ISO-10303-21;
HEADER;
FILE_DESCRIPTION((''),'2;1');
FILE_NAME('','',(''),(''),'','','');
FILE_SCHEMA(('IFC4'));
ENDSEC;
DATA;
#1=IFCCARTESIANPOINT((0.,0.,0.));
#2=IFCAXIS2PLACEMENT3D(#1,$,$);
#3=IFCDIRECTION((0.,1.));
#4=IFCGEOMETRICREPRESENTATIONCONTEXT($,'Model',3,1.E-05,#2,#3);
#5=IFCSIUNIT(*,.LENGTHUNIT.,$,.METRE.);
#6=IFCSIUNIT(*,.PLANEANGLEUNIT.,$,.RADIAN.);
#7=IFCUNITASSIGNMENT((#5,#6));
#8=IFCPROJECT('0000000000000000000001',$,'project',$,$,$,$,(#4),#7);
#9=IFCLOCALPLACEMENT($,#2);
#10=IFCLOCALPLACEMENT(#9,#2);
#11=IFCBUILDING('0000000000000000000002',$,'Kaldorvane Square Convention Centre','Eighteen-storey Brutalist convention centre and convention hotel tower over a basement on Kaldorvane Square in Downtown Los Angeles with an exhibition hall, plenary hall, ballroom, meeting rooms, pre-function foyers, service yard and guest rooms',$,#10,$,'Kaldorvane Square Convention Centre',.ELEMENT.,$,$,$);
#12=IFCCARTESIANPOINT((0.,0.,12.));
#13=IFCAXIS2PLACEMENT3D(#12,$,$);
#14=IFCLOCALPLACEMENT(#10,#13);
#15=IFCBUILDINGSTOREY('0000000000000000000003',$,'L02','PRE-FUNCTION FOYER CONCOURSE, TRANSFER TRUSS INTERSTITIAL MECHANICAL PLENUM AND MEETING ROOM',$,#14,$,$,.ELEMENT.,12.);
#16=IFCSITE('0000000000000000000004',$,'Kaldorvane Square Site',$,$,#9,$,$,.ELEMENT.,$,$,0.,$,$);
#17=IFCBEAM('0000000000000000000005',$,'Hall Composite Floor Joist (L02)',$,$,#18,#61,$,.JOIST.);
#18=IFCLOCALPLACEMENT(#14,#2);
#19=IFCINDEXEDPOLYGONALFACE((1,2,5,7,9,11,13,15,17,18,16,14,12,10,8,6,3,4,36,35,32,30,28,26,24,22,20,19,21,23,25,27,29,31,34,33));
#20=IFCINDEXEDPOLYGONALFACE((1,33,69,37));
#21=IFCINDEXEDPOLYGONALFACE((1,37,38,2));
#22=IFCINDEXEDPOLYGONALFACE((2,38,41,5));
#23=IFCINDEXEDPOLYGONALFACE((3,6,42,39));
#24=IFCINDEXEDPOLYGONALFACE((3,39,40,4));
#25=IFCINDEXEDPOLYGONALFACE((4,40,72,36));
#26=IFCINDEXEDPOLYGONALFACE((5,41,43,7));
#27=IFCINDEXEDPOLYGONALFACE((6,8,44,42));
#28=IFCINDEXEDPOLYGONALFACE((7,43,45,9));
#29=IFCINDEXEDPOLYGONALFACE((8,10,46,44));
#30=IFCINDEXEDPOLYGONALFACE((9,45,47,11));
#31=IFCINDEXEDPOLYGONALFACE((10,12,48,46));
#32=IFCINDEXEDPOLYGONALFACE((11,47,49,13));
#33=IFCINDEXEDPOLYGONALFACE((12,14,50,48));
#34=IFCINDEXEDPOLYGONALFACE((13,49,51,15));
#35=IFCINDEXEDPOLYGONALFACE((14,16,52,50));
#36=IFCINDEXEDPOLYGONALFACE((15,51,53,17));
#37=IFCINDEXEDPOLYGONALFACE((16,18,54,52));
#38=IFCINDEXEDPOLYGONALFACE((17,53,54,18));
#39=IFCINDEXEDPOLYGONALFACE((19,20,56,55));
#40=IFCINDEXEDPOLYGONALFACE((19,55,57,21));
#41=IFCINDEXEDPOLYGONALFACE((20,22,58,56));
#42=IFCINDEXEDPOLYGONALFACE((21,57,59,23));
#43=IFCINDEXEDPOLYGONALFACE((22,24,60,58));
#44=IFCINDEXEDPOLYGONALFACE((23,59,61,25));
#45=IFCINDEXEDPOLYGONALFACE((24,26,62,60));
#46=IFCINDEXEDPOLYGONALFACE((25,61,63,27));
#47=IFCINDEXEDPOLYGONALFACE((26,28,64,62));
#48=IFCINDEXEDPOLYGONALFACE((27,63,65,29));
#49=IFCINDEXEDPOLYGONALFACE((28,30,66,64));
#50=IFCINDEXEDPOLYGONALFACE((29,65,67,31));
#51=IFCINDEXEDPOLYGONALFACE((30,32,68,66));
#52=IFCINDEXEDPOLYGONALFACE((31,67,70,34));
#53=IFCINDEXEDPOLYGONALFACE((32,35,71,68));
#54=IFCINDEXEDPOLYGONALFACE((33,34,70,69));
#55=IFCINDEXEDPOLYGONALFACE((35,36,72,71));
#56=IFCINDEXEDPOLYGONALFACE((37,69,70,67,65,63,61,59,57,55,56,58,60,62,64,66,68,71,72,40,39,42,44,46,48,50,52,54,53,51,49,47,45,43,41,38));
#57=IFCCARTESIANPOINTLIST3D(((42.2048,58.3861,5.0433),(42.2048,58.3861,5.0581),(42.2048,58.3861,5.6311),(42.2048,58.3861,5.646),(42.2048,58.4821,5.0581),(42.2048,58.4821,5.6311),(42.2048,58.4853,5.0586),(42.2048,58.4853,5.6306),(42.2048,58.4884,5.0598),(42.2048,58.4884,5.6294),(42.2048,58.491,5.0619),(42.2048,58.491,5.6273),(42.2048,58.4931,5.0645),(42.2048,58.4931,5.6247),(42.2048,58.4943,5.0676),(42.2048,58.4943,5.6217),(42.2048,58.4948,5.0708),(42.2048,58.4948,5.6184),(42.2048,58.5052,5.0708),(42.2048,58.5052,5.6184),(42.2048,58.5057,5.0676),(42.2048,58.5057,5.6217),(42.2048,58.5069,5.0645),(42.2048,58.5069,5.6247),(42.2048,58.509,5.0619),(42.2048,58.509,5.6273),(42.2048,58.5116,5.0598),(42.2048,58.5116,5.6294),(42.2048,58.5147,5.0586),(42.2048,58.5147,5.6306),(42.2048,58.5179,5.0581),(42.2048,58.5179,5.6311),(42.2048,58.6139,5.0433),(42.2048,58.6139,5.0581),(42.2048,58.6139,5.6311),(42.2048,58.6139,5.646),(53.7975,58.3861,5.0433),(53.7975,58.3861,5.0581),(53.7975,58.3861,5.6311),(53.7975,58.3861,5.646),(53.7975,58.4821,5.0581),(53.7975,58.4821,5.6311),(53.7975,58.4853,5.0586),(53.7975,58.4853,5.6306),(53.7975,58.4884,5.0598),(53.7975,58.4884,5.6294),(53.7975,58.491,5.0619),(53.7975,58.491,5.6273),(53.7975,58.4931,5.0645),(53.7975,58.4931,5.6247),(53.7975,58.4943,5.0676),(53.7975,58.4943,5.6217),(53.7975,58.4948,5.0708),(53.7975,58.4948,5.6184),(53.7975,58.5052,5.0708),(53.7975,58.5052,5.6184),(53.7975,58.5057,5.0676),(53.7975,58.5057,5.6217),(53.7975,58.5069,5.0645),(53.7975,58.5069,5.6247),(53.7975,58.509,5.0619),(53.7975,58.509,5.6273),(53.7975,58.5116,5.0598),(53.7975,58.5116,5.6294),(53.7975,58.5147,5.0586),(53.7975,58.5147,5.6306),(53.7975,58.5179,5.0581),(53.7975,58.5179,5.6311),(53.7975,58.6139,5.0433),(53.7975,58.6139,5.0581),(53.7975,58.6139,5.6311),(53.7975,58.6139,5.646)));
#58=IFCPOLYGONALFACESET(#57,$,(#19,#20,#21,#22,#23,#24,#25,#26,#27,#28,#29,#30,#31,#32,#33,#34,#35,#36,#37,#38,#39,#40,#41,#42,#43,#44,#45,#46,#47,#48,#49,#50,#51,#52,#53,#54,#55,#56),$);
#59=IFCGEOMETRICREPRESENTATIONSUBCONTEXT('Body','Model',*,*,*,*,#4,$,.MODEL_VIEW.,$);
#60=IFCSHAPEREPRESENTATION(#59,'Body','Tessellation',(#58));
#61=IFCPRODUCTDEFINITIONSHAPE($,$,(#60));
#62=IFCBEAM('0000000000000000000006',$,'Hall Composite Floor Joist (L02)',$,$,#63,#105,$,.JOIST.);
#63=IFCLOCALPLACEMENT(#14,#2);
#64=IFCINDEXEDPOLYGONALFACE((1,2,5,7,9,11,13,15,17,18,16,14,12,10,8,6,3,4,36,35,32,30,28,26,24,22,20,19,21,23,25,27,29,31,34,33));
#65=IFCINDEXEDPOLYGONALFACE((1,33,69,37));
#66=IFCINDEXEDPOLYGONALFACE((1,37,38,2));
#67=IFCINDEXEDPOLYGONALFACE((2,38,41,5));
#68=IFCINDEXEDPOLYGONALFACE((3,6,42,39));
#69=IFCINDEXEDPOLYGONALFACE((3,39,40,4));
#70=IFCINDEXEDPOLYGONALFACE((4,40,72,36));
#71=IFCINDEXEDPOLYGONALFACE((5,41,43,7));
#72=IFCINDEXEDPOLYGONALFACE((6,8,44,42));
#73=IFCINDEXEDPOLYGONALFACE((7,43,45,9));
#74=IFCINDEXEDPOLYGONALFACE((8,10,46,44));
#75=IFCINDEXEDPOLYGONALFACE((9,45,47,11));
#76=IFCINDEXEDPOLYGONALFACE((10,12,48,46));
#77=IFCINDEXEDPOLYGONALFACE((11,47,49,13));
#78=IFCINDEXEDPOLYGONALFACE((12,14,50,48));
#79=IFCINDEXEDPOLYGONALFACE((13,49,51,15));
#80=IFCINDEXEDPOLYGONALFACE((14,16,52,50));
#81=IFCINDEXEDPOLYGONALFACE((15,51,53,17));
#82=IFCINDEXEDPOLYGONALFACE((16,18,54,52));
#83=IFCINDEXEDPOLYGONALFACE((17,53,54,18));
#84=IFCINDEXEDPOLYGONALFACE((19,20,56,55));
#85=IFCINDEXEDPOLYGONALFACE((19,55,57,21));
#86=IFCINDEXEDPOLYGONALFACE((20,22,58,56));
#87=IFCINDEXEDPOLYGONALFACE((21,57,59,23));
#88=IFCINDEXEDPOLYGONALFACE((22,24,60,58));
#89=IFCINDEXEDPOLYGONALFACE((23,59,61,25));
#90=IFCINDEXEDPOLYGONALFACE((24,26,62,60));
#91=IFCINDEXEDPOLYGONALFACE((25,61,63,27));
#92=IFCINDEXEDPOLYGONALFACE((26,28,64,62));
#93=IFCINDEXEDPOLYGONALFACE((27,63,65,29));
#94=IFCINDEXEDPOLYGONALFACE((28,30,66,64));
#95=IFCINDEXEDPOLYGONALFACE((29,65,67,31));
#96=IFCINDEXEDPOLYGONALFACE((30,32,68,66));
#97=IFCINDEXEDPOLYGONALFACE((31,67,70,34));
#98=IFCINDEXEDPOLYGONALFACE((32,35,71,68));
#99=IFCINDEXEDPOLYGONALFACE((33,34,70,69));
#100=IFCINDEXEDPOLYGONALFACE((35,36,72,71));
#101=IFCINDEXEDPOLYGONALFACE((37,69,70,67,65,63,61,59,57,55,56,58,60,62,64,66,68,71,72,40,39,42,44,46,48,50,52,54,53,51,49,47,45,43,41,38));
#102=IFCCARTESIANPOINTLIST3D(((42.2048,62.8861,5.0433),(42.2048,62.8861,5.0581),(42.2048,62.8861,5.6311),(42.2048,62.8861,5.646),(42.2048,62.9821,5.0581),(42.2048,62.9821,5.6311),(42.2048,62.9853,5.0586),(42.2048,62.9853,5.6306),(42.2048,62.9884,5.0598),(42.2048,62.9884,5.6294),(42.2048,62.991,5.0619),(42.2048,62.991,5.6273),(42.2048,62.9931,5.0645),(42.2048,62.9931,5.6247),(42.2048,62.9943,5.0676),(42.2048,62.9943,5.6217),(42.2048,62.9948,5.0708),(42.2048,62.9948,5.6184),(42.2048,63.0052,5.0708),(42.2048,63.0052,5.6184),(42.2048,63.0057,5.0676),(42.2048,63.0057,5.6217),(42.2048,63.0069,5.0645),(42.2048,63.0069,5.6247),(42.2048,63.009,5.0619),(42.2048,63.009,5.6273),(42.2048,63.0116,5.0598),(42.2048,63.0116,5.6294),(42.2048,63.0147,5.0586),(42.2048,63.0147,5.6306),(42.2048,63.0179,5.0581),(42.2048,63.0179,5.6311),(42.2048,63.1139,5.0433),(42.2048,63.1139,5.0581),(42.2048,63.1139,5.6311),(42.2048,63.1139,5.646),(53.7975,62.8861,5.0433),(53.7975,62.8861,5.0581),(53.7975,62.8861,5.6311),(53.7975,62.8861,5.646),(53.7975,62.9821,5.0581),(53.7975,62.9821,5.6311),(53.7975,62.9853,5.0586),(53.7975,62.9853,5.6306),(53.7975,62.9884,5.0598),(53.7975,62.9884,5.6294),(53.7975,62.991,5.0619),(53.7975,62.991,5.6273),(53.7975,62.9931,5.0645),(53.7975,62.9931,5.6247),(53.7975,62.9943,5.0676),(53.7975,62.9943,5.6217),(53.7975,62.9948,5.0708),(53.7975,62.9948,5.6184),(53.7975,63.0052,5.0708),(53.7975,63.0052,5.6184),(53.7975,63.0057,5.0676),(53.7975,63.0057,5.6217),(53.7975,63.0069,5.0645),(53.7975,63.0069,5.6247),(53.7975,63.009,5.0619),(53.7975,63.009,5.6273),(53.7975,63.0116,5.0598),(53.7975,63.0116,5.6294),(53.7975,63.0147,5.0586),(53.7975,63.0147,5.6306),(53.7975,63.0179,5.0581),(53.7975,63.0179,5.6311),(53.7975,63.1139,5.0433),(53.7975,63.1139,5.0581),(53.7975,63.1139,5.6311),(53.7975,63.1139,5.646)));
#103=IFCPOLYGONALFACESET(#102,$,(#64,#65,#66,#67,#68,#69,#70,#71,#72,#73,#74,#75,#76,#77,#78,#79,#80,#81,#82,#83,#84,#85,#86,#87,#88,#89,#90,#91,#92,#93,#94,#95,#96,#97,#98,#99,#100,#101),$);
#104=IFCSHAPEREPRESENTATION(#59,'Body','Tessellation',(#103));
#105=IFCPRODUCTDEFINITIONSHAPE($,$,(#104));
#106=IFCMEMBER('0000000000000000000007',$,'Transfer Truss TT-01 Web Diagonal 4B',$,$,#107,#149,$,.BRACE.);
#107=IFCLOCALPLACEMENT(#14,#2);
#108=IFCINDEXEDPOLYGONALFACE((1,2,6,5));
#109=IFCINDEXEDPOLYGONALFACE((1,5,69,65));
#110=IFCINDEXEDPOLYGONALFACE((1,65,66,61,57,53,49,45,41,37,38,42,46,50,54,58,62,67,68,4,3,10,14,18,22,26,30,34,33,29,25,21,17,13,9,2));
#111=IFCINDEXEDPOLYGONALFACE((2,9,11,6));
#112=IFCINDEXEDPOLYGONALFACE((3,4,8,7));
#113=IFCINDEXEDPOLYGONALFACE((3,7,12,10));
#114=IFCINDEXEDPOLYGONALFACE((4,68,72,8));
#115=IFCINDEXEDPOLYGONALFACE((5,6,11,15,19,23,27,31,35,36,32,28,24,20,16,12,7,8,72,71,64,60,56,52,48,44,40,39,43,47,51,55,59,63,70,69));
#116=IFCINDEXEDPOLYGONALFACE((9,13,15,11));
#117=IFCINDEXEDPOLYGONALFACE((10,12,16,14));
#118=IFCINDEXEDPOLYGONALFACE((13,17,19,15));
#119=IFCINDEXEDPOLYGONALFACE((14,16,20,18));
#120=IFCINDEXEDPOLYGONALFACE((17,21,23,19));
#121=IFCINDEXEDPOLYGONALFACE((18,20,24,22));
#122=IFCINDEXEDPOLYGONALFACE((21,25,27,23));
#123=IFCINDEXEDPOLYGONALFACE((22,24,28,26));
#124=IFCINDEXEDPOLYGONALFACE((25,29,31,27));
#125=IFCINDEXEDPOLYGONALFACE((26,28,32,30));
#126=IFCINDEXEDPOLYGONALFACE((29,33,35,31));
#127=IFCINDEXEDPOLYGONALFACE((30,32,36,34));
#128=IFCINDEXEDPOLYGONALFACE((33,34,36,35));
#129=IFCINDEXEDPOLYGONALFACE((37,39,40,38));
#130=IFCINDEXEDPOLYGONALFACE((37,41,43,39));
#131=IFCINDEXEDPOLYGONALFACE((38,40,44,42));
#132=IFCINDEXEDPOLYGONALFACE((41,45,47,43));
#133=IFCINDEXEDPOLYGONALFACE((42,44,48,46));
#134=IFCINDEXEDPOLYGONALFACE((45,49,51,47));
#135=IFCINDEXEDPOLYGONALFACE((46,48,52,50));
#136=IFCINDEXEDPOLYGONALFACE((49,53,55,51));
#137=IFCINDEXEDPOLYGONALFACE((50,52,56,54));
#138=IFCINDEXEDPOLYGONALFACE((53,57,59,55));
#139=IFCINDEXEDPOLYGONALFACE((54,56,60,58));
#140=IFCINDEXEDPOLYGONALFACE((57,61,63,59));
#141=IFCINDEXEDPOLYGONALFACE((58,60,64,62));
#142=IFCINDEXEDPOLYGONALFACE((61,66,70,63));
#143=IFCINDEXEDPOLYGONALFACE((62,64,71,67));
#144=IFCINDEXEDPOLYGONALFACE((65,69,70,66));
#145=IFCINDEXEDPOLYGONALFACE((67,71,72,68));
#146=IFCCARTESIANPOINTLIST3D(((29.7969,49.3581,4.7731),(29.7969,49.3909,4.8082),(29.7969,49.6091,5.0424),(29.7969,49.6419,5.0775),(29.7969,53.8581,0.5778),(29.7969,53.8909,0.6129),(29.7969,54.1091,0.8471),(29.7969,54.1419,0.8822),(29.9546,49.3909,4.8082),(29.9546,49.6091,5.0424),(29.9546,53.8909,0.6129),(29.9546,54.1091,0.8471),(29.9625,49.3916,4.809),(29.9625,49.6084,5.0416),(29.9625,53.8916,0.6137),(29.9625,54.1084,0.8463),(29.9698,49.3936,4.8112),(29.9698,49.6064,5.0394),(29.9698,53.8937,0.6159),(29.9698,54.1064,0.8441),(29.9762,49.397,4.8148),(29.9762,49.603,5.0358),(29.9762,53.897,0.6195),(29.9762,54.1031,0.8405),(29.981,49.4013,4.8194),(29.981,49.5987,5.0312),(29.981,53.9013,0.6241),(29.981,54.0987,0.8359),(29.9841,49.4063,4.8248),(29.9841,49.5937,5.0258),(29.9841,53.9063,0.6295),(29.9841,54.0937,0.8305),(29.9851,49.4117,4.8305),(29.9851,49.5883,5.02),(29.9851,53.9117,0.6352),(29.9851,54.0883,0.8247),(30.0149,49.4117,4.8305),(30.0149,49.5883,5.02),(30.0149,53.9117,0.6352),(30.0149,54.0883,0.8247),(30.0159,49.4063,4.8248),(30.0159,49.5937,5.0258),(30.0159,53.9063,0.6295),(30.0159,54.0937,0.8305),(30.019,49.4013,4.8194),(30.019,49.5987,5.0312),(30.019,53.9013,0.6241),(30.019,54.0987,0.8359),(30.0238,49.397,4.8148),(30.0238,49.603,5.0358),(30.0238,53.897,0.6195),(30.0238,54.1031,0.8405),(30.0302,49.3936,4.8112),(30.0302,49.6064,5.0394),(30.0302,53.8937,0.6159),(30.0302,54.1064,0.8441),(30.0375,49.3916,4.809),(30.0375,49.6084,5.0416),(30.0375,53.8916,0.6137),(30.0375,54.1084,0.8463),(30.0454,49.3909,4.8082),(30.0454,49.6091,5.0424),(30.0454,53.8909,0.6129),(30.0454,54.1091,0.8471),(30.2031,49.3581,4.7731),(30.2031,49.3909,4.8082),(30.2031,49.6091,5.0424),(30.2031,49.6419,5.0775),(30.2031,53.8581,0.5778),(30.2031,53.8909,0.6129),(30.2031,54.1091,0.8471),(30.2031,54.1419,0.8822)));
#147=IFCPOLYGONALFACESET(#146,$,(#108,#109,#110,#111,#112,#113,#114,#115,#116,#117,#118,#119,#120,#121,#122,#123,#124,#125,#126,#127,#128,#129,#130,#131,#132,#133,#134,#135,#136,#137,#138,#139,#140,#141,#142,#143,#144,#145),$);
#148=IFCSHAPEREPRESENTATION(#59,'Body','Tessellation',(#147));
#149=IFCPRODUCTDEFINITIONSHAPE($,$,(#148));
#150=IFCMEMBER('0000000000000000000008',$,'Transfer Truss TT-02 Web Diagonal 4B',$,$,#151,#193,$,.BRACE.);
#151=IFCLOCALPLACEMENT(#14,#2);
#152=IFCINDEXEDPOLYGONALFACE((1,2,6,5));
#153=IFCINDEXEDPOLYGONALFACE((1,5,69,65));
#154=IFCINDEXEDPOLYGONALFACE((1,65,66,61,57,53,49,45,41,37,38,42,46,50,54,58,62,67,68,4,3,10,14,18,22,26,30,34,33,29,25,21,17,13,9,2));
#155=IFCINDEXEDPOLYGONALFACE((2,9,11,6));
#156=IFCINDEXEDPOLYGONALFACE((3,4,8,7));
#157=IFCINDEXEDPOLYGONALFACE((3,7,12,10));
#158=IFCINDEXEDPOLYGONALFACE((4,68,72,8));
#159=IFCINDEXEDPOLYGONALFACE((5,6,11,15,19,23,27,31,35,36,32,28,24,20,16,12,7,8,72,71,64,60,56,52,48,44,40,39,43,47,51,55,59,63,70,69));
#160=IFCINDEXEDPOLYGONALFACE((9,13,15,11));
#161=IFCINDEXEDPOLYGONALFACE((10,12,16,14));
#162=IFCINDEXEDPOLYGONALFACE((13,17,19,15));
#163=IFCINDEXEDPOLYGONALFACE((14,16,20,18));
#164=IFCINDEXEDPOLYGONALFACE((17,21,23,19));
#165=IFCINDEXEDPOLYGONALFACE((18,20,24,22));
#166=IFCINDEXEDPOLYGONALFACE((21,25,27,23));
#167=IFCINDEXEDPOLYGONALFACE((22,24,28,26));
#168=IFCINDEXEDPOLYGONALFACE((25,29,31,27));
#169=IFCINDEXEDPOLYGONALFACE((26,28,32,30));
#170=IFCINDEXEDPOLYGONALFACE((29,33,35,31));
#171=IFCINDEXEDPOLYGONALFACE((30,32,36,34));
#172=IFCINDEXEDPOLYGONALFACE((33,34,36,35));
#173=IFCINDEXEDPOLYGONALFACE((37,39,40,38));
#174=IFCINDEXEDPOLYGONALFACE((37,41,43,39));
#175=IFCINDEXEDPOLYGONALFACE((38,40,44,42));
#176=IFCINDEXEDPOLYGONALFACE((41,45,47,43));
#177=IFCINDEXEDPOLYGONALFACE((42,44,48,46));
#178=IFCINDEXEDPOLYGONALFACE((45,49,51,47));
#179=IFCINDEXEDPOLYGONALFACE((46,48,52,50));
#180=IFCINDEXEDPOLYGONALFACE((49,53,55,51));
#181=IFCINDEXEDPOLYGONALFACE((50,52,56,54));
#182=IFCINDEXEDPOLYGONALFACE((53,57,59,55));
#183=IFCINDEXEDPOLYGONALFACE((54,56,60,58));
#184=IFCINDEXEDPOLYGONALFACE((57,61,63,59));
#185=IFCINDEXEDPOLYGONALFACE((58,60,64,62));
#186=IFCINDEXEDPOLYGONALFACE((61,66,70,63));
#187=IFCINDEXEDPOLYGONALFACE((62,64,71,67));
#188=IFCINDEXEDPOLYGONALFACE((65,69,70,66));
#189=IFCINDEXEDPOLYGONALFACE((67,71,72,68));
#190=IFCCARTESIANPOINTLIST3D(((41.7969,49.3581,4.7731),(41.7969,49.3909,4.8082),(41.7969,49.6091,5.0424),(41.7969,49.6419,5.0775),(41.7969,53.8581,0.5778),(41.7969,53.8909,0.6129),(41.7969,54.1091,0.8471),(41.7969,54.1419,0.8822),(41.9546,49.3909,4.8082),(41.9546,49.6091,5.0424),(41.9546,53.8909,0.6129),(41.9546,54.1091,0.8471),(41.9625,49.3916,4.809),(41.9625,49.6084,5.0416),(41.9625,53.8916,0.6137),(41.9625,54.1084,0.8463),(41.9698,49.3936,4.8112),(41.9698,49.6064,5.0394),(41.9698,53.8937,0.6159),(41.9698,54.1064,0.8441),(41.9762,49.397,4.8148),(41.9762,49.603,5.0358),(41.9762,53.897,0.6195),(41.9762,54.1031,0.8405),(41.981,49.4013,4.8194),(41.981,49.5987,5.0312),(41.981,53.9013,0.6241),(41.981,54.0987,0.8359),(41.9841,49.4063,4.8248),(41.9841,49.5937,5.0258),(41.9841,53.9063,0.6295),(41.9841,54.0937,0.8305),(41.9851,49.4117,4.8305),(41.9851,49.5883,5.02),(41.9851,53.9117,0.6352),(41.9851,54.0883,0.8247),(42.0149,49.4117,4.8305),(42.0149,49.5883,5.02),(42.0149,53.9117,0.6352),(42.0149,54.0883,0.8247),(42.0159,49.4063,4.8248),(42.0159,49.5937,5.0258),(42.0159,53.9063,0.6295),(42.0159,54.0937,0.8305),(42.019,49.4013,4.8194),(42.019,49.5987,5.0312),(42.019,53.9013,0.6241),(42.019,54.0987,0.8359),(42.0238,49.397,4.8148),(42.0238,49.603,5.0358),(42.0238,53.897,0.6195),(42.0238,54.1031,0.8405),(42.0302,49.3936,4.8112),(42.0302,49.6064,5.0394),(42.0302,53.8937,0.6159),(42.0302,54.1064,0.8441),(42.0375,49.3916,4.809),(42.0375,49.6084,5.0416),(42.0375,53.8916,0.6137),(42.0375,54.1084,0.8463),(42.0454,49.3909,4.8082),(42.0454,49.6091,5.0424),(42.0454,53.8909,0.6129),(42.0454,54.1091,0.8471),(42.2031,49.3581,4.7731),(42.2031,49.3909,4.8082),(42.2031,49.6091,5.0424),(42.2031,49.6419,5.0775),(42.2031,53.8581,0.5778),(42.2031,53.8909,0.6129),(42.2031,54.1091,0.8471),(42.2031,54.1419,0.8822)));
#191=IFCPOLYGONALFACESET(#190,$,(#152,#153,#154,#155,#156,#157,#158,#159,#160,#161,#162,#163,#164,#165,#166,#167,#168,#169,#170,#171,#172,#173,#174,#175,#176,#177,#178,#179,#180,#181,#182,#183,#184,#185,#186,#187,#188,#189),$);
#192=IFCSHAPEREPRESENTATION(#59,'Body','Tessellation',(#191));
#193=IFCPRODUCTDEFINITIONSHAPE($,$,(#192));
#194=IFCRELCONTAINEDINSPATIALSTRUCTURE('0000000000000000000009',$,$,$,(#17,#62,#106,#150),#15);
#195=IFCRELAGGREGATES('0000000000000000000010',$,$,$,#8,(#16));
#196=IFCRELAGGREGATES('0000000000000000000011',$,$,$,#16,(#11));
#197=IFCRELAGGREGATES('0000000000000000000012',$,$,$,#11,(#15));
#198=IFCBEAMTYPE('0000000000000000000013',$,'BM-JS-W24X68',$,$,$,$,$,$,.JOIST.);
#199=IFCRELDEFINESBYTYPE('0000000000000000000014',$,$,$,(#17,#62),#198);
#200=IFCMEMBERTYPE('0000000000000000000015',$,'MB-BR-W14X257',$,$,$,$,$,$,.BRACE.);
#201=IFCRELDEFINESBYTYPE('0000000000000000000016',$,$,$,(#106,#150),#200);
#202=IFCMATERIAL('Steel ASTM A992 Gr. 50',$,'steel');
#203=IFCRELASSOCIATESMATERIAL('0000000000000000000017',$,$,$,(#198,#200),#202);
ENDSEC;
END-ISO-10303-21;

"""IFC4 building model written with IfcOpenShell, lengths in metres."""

from ifc_helpers import new_model, si_unit, direction, frame, origin, origin_2d, place, context, subcontext, project, spatial, i_section, extrude, material, material_profile, profile_set, type_object, element, save


model = new_model("IFC4")

# Units and contexts
model_context = context("Model", 3, precision=1e-05, world=origin(), true_north=direction((0.0, 1.0)))
body_context = subcontext(model_context, "Body", "Model", "MODEL_VIEW")
ifc_project = project(units=[si_unit("LENGTHUNIT", "METRE"), si_unit("PLANEANGLEUNIT", "RADIAN")], contexts=[model_context])

# Site, building, storey
site_placement = place(None, origin())
site = spatial("IfcSite", under=ifc_project, at=site_placement, Name="Kaldorvane Square Site", CompositionType="ELEMENT", RefElevation=0.0)
building_placement = place(site_placement, origin())
building = spatial("IfcBuilding", under=site, at=building_placement, Name="Kaldorvane Square Convention Centre", Description="Eighteen-storey Brutalist convention centre and convention hotel tower over a basement on Kaldorvane Square in Downtown Los Angeles with an exhibition hall, plenary hall, ballroom, meeting rooms, pre-function foyers, service yard and guest rooms", LongName="Kaldorvane Square Convention Centre", CompositionType="ELEMENT")
storey_placement = place(building_placement, frame((0.0, 0.0, 12.0)))
storey = spatial("IfcBuildingStorey", under=building, at=storey_placement, Name="L02", Description="PRE-FUNCTION FOYER CONCOURSE, TRANSFER TRUSS INTERSTITIAL MECHANICAL PLENUM AND MEETING ROOM", CompositionType="ELEMENT", Elevation=12.0)

# Beams
ifc_material = material(Name="Steel ASTM A992 Gr. 50", Category="steel")
ifc_material_profile_1 = material_profile(ifc_material, i_section(OverallWidth=0.2277, OverallDepth=0.6027, WebThickness=0.0105, FlangeThickness=0.0149, FilletRadius=0.0127, at=origin_2d()), Name="W24X68")
ifc_profile_set_1 = profile_set([ifc_material_profile_1], Name="Steel ASTM A992 Gr. 50")
beam_type = type_object("IfcBeamType", Name="BM-JS-W24X68", PredefinedType="JOIST", material=ifc_profile_set_1)
for number, where, z_axis, x_axis, name in (
    (1, (42.2048, 58.5, 5.3446), (1.0, 0.0, 0.0), (0.0, 1.0, 0.0), "Hall Composite Floor Joist (L02)"),
    (2, (42.2048, 63.0, 5.3446), (1.0, 0.0, 0.0), (0.0, 1.0, 0.0), "Hall Composite Floor Joist (L02)"),
):
    element("IfcBeam", number, at=place(storey_placement, frame(where, z_axis=z_axis, x_axis=x_axis)), inside=storey, type_object=beam_type, Name=name, PredefinedType="JOIST", context=body_context, shape_type="SweptSolid", body=[
        extrude(i_section(OverallWidth=0.2277, OverallDepth=0.6027, WebThickness=0.0105, FlangeThickness=0.0149, FilletRadius=0.0127, at=origin_2d()), origin(), (0.0, 0.0, 1.0), 11.5927),
    ])

# Members
ifc_material_profile_2 = material_profile(ifc_material, i_section(OverallWidth=0.4063, OverallDepth=0.4161, WebThickness=0.0298, FlangeThickness=0.048, FilletRadius=0.0305, at=origin_2d()), Name="W14X257")
ifc_profile_set_2 = profile_set([ifc_material_profile_2], Name="Steel ASTM A992 Gr. 50")
member_type_1 = type_object("IfcMemberType", Name="MB-BR-W14X257", PredefinedType="BRACE", material=ifc_profile_set_2)
for number, where, z_axis, x_axis, name in (
    (3, (30.0, 49.5, 4.9253), (0.0, 0.731436, -0.68191), (-1.0, 0.0, 0.0), "Transfer Truss TT-01 Web Diagonal 4B"),
    (4, (42.0, 49.5, 4.9253), (0.0, 0.731436, -0.68191), (-1.0, 0.0, 0.0), "Transfer Truss TT-02 Web Diagonal 4B"),
):
    element("IfcMember", number, at=place(storey_placement, frame(where, z_axis=z_axis, x_axis=x_axis)), inside=storey, type_object=member_type_1, Name=name, PredefinedType="BRACE", context=body_context, shape_type="SweptSolid", body=[
        extrude(i_section(OverallWidth=0.4063, OverallDepth=0.4161, WebThickness=0.0298, FlangeThickness=0.048, FilletRadius=0.0305, at=origin_2d()), origin(), (0.0, 0.0, 1.0), 6.1523),
    ])

save(model, "model.ifc")
